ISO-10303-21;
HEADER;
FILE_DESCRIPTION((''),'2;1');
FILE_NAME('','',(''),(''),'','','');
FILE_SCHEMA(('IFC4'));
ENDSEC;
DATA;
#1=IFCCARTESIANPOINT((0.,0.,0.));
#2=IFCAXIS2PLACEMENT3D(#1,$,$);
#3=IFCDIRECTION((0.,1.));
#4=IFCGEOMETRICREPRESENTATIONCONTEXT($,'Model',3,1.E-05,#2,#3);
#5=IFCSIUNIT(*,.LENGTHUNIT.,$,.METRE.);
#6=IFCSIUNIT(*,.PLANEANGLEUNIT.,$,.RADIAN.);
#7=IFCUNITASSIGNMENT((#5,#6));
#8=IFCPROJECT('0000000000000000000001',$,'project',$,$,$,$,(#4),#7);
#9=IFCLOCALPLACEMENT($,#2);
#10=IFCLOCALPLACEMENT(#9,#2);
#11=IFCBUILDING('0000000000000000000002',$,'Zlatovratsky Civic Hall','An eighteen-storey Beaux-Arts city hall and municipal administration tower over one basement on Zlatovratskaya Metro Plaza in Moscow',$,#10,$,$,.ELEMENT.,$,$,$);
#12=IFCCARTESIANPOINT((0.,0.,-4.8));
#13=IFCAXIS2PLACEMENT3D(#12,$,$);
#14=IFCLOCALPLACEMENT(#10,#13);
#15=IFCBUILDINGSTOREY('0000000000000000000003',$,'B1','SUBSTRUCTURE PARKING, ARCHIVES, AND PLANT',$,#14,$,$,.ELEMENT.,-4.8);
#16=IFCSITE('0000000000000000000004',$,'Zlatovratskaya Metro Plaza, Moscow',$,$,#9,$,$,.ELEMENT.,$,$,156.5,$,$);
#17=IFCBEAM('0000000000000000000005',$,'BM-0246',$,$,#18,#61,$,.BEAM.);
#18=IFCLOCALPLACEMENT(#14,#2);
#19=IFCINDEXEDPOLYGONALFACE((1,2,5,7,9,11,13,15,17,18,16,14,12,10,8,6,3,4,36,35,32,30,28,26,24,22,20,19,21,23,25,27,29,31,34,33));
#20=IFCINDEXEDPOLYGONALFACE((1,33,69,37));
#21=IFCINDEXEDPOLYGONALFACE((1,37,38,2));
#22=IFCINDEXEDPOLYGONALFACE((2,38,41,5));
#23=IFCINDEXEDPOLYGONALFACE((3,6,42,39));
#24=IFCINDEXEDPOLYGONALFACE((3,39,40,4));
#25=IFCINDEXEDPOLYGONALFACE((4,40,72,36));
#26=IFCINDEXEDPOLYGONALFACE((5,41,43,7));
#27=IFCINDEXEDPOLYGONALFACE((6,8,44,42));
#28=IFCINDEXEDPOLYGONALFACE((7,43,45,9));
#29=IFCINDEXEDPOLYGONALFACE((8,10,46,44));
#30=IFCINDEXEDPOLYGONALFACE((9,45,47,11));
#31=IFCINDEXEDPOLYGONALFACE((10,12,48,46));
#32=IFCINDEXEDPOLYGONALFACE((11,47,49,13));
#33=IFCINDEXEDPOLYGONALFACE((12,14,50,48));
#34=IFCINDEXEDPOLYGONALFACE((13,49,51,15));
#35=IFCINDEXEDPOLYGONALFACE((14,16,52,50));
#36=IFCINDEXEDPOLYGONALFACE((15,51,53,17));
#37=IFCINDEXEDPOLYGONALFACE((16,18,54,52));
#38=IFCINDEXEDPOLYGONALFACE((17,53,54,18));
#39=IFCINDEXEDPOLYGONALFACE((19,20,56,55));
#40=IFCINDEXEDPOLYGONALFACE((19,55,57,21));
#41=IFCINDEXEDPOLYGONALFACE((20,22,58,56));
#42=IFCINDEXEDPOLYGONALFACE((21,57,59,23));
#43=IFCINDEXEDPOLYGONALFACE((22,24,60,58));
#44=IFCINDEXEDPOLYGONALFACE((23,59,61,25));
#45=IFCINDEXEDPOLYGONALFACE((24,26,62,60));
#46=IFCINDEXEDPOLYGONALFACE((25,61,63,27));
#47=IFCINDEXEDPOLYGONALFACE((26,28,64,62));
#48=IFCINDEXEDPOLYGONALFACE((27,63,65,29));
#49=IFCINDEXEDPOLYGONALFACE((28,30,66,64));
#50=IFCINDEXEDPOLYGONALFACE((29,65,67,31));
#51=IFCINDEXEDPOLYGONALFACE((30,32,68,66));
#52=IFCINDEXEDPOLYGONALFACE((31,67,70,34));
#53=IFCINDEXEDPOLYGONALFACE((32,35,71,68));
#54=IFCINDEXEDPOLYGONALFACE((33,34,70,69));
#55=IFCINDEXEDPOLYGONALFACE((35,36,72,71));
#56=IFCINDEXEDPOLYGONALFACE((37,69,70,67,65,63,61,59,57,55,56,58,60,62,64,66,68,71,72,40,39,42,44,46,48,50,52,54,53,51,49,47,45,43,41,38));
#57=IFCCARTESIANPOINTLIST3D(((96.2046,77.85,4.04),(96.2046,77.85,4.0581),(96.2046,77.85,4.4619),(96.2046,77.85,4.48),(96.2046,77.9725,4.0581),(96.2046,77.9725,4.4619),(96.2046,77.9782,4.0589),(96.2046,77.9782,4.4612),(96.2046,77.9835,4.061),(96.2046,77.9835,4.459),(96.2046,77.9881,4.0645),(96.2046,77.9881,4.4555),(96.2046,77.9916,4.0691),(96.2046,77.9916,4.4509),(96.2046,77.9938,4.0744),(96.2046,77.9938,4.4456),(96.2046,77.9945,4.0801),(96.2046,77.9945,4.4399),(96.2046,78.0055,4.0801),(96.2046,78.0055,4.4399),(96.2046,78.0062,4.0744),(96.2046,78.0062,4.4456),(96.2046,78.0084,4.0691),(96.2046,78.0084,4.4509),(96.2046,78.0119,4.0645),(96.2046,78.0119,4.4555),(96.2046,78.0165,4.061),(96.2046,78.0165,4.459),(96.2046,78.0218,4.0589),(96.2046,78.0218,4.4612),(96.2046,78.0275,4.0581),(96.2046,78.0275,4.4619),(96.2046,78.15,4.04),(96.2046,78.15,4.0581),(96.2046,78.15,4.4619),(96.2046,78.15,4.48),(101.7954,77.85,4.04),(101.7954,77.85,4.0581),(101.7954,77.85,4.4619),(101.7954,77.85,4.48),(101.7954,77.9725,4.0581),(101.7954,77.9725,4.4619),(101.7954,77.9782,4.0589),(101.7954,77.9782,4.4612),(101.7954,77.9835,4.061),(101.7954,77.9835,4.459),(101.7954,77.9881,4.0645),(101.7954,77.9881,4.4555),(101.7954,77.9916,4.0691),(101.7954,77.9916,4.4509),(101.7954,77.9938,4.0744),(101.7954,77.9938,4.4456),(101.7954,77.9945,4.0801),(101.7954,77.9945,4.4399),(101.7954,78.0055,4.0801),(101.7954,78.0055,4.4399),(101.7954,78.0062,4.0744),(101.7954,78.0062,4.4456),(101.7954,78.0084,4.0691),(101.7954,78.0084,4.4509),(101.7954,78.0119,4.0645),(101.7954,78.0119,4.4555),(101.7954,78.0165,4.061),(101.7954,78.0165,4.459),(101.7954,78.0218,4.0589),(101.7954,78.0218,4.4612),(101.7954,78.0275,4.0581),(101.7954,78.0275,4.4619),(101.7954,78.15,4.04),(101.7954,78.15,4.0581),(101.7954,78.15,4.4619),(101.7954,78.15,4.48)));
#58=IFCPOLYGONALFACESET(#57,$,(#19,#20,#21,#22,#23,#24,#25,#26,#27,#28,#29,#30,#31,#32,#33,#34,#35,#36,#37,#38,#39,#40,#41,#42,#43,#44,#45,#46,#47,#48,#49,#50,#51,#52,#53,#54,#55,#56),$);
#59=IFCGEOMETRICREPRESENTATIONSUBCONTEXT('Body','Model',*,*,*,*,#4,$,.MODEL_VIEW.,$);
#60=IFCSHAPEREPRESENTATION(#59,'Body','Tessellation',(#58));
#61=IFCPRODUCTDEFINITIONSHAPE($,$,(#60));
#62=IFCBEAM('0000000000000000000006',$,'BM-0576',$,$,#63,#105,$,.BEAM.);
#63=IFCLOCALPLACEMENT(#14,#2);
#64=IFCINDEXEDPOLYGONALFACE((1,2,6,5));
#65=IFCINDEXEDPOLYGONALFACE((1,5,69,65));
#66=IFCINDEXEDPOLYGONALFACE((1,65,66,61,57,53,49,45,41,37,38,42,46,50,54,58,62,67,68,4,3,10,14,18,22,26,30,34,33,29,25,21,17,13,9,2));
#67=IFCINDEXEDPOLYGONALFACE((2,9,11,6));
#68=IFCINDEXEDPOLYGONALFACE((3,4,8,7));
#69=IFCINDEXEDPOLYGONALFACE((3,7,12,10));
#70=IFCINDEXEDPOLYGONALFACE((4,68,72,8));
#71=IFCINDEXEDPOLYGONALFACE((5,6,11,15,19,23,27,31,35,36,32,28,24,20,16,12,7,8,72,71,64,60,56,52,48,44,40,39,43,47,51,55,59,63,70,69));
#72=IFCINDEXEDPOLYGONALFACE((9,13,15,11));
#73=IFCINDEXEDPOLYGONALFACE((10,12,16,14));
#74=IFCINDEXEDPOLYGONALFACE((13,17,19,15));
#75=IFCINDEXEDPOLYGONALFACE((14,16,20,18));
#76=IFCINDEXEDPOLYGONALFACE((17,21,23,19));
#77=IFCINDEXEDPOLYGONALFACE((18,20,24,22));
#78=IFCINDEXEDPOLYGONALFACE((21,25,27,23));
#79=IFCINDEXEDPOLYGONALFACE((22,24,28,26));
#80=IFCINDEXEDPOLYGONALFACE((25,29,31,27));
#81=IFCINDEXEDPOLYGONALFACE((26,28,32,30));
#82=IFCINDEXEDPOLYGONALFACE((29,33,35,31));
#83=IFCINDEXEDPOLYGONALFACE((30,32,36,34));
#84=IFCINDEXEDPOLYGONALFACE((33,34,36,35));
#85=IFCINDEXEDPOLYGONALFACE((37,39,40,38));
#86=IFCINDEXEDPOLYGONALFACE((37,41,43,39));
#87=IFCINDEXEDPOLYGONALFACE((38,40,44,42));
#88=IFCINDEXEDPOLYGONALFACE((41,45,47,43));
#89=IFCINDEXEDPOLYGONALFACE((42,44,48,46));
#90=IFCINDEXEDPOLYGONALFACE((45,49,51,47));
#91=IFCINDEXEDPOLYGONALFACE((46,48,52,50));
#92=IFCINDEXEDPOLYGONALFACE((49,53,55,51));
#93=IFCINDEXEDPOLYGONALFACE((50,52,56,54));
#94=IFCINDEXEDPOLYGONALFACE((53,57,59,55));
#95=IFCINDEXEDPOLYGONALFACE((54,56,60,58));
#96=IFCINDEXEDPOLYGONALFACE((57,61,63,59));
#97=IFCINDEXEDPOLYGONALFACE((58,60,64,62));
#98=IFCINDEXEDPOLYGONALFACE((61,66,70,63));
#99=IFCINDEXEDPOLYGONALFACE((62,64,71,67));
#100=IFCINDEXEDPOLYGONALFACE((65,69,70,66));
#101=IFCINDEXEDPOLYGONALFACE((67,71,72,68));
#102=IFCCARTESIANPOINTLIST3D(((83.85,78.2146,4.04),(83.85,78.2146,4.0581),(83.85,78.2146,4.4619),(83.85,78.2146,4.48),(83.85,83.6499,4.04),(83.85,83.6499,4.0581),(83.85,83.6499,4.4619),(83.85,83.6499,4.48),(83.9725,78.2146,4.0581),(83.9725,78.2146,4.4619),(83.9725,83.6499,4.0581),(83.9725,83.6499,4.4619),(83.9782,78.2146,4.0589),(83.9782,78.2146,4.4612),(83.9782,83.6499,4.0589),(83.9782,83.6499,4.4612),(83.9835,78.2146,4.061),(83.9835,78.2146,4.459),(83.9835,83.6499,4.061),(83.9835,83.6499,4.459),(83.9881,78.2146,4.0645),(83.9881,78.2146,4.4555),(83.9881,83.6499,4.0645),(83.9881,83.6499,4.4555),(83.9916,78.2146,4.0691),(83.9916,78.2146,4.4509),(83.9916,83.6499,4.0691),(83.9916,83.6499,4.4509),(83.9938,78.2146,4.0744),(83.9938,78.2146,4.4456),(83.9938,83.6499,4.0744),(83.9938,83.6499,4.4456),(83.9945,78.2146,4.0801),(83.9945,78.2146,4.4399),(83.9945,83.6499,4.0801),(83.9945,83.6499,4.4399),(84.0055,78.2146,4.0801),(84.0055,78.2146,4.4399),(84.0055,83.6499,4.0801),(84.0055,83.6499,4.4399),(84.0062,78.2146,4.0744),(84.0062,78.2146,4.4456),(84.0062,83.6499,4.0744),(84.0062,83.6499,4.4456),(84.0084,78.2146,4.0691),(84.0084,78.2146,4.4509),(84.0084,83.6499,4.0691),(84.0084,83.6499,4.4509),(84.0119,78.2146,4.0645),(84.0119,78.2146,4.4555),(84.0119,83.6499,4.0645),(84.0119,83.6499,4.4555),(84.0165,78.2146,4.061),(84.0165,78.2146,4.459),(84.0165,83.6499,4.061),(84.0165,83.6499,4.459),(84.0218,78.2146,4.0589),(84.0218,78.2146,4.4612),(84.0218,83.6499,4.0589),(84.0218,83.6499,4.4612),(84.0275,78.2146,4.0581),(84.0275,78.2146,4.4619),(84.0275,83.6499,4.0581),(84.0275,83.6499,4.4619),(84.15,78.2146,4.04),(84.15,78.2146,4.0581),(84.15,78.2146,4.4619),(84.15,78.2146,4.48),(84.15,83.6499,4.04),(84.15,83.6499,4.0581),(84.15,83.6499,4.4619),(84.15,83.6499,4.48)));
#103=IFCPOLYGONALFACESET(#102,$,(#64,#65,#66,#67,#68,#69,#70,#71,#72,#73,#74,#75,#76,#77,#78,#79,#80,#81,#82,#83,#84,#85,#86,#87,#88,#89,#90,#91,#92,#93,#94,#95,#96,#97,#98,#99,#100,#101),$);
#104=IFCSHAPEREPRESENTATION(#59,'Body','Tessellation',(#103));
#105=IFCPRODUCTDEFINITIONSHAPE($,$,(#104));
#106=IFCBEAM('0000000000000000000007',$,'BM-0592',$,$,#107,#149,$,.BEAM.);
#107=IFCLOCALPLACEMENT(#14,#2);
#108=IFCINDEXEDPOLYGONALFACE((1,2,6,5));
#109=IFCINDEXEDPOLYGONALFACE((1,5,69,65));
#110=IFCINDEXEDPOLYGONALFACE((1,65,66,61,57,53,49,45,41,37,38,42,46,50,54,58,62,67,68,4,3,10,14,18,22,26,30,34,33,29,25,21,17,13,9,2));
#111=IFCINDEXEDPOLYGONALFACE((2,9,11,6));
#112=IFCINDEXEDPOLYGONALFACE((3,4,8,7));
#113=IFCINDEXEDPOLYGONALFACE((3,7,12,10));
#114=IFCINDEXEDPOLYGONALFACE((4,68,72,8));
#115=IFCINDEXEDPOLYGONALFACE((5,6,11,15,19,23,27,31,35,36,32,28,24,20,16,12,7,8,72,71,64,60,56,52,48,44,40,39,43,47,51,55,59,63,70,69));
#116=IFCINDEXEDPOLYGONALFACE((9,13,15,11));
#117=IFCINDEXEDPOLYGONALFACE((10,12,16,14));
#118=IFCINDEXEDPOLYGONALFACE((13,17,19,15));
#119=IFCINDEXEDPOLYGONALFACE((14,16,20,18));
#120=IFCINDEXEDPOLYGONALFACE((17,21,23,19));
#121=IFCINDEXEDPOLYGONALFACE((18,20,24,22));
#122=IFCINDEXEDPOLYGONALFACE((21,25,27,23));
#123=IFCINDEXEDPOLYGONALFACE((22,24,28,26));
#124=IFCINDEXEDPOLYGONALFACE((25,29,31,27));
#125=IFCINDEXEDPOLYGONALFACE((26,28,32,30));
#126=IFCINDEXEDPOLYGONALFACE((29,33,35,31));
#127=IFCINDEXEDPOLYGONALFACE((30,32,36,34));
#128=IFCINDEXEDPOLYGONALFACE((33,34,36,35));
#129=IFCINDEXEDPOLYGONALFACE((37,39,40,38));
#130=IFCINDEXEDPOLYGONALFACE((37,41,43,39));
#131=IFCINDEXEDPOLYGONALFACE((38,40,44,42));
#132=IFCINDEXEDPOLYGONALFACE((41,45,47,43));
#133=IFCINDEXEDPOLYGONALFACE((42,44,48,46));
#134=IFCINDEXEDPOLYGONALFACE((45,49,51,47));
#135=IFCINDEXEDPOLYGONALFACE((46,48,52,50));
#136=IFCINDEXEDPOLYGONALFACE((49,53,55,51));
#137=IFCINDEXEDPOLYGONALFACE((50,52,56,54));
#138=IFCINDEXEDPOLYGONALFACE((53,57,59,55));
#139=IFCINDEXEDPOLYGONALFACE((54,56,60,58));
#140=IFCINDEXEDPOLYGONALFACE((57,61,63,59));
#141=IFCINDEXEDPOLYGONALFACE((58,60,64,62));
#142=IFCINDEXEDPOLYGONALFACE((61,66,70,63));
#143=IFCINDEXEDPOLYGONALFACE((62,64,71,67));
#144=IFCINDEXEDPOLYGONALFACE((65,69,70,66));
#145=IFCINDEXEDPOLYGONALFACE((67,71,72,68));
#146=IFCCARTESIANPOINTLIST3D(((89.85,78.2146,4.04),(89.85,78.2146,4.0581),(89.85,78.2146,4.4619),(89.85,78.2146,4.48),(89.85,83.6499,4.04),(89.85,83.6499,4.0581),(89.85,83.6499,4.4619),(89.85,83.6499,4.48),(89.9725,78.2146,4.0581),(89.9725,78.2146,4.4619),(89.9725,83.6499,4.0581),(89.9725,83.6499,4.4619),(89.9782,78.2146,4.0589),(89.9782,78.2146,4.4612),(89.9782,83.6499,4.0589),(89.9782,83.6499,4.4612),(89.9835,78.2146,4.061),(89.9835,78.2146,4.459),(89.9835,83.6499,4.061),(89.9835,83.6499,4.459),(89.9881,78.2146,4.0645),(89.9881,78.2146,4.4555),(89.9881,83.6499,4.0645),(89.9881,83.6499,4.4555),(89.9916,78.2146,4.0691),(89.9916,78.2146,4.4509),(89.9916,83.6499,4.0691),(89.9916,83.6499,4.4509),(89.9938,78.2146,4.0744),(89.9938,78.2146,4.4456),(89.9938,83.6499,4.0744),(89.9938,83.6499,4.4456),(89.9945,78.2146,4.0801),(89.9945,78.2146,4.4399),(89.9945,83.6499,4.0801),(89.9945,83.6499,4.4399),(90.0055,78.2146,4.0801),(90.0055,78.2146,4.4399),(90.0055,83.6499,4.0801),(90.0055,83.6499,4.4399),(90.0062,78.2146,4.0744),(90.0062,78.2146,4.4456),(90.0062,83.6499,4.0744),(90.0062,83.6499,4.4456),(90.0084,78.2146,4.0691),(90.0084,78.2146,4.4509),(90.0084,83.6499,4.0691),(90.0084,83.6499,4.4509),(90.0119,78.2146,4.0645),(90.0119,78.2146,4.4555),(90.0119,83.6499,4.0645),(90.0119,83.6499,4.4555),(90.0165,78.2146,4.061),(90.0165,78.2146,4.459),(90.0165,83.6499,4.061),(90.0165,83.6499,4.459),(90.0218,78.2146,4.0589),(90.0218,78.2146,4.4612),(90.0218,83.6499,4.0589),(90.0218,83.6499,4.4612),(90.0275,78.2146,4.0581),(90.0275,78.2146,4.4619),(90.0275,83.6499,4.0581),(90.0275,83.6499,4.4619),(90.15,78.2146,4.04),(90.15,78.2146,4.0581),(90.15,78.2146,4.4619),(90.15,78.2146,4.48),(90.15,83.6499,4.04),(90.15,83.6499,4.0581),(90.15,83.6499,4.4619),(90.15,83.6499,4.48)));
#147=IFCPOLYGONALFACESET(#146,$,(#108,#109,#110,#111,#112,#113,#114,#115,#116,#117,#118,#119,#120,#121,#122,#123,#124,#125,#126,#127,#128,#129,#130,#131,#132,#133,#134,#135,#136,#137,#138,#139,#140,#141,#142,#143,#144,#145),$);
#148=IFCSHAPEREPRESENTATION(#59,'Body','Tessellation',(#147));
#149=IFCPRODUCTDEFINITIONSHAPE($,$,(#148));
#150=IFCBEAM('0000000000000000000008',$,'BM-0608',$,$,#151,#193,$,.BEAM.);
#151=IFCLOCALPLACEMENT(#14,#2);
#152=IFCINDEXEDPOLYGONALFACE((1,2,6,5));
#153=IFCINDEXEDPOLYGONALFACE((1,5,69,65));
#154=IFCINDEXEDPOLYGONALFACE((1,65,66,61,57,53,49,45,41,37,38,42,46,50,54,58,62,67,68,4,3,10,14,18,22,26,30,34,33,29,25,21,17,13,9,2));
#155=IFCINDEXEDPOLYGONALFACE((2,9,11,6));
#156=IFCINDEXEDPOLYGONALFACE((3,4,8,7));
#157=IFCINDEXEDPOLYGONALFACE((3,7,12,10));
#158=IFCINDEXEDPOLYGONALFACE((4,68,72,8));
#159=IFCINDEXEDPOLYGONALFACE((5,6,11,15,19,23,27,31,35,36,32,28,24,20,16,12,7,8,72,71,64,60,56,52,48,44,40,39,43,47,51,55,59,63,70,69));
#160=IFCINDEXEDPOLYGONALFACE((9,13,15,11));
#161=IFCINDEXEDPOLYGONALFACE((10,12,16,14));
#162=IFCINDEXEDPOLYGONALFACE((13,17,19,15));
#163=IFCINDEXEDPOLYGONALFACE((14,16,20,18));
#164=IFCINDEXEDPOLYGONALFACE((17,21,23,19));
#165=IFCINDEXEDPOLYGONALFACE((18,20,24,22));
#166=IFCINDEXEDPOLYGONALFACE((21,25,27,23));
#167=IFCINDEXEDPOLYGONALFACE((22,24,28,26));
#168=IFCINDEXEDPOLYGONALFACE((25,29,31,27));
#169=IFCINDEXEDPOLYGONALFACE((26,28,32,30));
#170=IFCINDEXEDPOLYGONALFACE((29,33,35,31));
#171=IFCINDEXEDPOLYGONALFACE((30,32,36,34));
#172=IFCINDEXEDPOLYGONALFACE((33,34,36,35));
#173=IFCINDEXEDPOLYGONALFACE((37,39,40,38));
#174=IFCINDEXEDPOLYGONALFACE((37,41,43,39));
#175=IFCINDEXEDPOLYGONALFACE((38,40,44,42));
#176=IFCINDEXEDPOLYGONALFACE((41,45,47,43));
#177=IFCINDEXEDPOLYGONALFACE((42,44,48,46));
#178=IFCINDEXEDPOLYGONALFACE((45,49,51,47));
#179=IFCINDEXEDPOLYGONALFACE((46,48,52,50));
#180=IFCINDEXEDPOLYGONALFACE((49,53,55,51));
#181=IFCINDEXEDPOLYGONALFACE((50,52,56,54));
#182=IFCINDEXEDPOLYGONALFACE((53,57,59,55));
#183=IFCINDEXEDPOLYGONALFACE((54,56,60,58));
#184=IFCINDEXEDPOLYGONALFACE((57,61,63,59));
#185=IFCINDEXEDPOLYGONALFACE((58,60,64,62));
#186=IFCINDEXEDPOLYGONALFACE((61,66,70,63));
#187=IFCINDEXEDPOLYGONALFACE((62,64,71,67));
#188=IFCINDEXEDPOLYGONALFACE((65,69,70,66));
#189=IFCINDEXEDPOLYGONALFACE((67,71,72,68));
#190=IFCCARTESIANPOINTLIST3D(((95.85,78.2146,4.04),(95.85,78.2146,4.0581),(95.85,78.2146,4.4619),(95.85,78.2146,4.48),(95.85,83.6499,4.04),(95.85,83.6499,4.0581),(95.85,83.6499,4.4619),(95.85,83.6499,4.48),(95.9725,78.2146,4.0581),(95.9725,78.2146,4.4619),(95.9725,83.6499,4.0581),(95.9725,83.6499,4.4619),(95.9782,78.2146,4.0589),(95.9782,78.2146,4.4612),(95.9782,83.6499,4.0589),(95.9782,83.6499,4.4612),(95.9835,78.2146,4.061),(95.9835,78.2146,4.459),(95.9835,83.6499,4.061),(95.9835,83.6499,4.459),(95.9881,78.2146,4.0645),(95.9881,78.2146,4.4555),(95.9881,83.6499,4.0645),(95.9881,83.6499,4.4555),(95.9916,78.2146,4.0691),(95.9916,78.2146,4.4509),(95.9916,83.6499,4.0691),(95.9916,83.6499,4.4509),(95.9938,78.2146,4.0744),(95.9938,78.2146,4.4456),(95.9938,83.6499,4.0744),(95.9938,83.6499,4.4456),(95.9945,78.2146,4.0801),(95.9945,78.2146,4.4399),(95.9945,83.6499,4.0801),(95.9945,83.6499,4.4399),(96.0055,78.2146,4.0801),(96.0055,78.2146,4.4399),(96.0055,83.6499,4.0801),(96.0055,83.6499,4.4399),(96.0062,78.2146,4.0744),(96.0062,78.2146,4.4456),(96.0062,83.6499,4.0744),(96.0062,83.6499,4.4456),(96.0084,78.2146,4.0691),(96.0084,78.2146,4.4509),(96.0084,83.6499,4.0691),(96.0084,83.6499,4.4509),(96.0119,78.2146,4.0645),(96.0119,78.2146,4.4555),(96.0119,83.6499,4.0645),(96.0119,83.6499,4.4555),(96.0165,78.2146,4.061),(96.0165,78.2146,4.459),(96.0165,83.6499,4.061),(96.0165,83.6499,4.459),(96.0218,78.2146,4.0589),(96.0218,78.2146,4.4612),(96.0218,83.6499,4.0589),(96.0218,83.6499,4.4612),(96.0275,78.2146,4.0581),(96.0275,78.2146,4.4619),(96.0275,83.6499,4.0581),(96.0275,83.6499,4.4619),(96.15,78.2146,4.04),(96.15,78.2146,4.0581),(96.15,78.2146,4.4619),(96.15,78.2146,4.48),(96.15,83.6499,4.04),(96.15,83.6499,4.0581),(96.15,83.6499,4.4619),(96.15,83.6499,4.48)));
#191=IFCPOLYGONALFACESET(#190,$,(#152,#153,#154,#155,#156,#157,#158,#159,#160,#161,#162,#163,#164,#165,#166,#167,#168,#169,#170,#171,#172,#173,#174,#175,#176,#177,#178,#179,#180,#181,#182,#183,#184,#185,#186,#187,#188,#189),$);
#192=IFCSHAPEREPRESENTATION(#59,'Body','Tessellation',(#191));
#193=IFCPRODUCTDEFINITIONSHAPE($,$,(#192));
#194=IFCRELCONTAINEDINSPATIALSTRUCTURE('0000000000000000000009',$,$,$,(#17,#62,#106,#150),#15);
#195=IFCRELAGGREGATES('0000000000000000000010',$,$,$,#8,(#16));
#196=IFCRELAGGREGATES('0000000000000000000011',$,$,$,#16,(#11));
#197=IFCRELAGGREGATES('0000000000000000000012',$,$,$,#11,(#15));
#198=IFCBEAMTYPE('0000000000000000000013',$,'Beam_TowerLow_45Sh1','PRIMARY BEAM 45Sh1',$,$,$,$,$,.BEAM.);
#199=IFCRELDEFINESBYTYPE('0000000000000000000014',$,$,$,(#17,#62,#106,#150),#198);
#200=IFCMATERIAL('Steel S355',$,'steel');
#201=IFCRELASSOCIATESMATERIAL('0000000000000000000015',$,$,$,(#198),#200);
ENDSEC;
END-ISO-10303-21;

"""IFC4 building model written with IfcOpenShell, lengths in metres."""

from ifc_helpers import new_model, si_unit, direction, frame, origin, origin_2d, place, context, subcontext, project, spatial, i_section, extrude, material, material_profile, profile_set, type_object, element, save


model = new_model("IFC4")

# Units and contexts
model_context = context("Model", 3, precision=1e-05, world=origin(), true_north=direction((0.0, 1.0)))
body_context = subcontext(model_context, "Body", "Model", "MODEL_VIEW")
ifc_project = project(units=[si_unit("LENGTHUNIT", "METRE"), si_unit("PLANEANGLEUNIT", "RADIAN")], contexts=[model_context])

# Site, building, storey
site_placement = place(None, origin())
site = spatial("IfcSite", under=ifc_project, at=site_placement, Name="Zlatovratskaya Metro Plaza, Moscow", CompositionType="ELEMENT", RefElevation=156.5)
building_placement = place(site_placement, origin())
building = spatial("IfcBuilding", under=site, at=building_placement, Name="Zlatovratsky Civic Hall", Description="An eighteen-storey Beaux-Arts city hall and municipal administration tower over one basement on Zlatovratskaya Metro Plaza in Moscow", CompositionType="ELEMENT")
storey_placement = place(building_placement, frame((0.0, 0.0, -4.8)))
storey = spatial("IfcBuildingStorey", under=building, at=storey_placement, Name="B1", Description="SUBSTRUCTURE PARKING, ARCHIVES, AND PLANT", CompositionType="ELEMENT", Elevation=-4.8)

# Shared definitions
ifc_material_1 = material(Name="Steel S355", Category="steel")

# Beams
ifc_material_profile_1 = material_profile(ifc_material_1, i_section(OverallWidth=0.3, OverallDepth=0.4399, WebThickness=0.011, FlangeThickness=0.0181, FilletRadius=0.022, at=origin_2d()), Name="45Sh1")
ifc_profile_set_1 = profile_set([ifc_material_profile_1], Name="Steel S355")
beam_type = type_object("IfcBeamType", Name="Beam_TowerLow_45Sh1", Description="PRIMARY BEAM 45Sh1", PredefinedType="BEAM", material=ifc_profile_set_1)
for number, where, z_axis, x_axis, name in (
    (1, (96.2046, 78.0, 4.26), (1.0, 0.0, 0.0), (0.0, 1.0, 0.0), "BM-0246"),
):
    element("IfcBeam", number, at=place(storey_placement, frame(where, z_axis=z_axis, x_axis=x_axis)), inside=storey, type_object=beam_type, Name=name, PredefinedType="BEAM", context=body_context, shape_type="SweptSolid", body=[
        extrude(i_section(OverallWidth=0.3, OverallDepth=0.4399, WebThickness=0.011, FlangeThickness=0.0181, FilletRadius=0.022, at=origin_2d()), origin(), (0.0, 0.0, 1.0), 5.5908),
    ])
for number, where, z_axis, x_axis, name in (
    (2, (84.0, 78.2146, 4.26), (0.0, 1.0, 0.0), (-1.0, 0.0, 0.0), "BM-0576"),
    (3, (90.0, 78.2146, 4.26), (0.0, 1.0, 0.0), (-1.0, 0.0, 0.0), "BM-0592"),
    (4, (96.0, 78.2146, 4.26), (0.0, 1.0, 0.0), (-1.0, 0.0, 0.0), "BM-0608"),
):
    element("IfcBeam", number, at=place(storey_placement, frame(where, z_axis=z_axis, x_axis=x_axis)), inside=storey, type_object=beam_type, Name=name, PredefinedType="BEAM", context=body_context, shape_type="SweptSolid", body=[
        extrude(i_section(OverallWidth=0.3, OverallDepth=0.4399, WebThickness=0.011, FlangeThickness=0.0181, FilletRadius=0.022, at=origin_2d()), origin(), (0.0, 0.0, 1.0), 5.4353),
    ])

save(model, "model.ifc")
